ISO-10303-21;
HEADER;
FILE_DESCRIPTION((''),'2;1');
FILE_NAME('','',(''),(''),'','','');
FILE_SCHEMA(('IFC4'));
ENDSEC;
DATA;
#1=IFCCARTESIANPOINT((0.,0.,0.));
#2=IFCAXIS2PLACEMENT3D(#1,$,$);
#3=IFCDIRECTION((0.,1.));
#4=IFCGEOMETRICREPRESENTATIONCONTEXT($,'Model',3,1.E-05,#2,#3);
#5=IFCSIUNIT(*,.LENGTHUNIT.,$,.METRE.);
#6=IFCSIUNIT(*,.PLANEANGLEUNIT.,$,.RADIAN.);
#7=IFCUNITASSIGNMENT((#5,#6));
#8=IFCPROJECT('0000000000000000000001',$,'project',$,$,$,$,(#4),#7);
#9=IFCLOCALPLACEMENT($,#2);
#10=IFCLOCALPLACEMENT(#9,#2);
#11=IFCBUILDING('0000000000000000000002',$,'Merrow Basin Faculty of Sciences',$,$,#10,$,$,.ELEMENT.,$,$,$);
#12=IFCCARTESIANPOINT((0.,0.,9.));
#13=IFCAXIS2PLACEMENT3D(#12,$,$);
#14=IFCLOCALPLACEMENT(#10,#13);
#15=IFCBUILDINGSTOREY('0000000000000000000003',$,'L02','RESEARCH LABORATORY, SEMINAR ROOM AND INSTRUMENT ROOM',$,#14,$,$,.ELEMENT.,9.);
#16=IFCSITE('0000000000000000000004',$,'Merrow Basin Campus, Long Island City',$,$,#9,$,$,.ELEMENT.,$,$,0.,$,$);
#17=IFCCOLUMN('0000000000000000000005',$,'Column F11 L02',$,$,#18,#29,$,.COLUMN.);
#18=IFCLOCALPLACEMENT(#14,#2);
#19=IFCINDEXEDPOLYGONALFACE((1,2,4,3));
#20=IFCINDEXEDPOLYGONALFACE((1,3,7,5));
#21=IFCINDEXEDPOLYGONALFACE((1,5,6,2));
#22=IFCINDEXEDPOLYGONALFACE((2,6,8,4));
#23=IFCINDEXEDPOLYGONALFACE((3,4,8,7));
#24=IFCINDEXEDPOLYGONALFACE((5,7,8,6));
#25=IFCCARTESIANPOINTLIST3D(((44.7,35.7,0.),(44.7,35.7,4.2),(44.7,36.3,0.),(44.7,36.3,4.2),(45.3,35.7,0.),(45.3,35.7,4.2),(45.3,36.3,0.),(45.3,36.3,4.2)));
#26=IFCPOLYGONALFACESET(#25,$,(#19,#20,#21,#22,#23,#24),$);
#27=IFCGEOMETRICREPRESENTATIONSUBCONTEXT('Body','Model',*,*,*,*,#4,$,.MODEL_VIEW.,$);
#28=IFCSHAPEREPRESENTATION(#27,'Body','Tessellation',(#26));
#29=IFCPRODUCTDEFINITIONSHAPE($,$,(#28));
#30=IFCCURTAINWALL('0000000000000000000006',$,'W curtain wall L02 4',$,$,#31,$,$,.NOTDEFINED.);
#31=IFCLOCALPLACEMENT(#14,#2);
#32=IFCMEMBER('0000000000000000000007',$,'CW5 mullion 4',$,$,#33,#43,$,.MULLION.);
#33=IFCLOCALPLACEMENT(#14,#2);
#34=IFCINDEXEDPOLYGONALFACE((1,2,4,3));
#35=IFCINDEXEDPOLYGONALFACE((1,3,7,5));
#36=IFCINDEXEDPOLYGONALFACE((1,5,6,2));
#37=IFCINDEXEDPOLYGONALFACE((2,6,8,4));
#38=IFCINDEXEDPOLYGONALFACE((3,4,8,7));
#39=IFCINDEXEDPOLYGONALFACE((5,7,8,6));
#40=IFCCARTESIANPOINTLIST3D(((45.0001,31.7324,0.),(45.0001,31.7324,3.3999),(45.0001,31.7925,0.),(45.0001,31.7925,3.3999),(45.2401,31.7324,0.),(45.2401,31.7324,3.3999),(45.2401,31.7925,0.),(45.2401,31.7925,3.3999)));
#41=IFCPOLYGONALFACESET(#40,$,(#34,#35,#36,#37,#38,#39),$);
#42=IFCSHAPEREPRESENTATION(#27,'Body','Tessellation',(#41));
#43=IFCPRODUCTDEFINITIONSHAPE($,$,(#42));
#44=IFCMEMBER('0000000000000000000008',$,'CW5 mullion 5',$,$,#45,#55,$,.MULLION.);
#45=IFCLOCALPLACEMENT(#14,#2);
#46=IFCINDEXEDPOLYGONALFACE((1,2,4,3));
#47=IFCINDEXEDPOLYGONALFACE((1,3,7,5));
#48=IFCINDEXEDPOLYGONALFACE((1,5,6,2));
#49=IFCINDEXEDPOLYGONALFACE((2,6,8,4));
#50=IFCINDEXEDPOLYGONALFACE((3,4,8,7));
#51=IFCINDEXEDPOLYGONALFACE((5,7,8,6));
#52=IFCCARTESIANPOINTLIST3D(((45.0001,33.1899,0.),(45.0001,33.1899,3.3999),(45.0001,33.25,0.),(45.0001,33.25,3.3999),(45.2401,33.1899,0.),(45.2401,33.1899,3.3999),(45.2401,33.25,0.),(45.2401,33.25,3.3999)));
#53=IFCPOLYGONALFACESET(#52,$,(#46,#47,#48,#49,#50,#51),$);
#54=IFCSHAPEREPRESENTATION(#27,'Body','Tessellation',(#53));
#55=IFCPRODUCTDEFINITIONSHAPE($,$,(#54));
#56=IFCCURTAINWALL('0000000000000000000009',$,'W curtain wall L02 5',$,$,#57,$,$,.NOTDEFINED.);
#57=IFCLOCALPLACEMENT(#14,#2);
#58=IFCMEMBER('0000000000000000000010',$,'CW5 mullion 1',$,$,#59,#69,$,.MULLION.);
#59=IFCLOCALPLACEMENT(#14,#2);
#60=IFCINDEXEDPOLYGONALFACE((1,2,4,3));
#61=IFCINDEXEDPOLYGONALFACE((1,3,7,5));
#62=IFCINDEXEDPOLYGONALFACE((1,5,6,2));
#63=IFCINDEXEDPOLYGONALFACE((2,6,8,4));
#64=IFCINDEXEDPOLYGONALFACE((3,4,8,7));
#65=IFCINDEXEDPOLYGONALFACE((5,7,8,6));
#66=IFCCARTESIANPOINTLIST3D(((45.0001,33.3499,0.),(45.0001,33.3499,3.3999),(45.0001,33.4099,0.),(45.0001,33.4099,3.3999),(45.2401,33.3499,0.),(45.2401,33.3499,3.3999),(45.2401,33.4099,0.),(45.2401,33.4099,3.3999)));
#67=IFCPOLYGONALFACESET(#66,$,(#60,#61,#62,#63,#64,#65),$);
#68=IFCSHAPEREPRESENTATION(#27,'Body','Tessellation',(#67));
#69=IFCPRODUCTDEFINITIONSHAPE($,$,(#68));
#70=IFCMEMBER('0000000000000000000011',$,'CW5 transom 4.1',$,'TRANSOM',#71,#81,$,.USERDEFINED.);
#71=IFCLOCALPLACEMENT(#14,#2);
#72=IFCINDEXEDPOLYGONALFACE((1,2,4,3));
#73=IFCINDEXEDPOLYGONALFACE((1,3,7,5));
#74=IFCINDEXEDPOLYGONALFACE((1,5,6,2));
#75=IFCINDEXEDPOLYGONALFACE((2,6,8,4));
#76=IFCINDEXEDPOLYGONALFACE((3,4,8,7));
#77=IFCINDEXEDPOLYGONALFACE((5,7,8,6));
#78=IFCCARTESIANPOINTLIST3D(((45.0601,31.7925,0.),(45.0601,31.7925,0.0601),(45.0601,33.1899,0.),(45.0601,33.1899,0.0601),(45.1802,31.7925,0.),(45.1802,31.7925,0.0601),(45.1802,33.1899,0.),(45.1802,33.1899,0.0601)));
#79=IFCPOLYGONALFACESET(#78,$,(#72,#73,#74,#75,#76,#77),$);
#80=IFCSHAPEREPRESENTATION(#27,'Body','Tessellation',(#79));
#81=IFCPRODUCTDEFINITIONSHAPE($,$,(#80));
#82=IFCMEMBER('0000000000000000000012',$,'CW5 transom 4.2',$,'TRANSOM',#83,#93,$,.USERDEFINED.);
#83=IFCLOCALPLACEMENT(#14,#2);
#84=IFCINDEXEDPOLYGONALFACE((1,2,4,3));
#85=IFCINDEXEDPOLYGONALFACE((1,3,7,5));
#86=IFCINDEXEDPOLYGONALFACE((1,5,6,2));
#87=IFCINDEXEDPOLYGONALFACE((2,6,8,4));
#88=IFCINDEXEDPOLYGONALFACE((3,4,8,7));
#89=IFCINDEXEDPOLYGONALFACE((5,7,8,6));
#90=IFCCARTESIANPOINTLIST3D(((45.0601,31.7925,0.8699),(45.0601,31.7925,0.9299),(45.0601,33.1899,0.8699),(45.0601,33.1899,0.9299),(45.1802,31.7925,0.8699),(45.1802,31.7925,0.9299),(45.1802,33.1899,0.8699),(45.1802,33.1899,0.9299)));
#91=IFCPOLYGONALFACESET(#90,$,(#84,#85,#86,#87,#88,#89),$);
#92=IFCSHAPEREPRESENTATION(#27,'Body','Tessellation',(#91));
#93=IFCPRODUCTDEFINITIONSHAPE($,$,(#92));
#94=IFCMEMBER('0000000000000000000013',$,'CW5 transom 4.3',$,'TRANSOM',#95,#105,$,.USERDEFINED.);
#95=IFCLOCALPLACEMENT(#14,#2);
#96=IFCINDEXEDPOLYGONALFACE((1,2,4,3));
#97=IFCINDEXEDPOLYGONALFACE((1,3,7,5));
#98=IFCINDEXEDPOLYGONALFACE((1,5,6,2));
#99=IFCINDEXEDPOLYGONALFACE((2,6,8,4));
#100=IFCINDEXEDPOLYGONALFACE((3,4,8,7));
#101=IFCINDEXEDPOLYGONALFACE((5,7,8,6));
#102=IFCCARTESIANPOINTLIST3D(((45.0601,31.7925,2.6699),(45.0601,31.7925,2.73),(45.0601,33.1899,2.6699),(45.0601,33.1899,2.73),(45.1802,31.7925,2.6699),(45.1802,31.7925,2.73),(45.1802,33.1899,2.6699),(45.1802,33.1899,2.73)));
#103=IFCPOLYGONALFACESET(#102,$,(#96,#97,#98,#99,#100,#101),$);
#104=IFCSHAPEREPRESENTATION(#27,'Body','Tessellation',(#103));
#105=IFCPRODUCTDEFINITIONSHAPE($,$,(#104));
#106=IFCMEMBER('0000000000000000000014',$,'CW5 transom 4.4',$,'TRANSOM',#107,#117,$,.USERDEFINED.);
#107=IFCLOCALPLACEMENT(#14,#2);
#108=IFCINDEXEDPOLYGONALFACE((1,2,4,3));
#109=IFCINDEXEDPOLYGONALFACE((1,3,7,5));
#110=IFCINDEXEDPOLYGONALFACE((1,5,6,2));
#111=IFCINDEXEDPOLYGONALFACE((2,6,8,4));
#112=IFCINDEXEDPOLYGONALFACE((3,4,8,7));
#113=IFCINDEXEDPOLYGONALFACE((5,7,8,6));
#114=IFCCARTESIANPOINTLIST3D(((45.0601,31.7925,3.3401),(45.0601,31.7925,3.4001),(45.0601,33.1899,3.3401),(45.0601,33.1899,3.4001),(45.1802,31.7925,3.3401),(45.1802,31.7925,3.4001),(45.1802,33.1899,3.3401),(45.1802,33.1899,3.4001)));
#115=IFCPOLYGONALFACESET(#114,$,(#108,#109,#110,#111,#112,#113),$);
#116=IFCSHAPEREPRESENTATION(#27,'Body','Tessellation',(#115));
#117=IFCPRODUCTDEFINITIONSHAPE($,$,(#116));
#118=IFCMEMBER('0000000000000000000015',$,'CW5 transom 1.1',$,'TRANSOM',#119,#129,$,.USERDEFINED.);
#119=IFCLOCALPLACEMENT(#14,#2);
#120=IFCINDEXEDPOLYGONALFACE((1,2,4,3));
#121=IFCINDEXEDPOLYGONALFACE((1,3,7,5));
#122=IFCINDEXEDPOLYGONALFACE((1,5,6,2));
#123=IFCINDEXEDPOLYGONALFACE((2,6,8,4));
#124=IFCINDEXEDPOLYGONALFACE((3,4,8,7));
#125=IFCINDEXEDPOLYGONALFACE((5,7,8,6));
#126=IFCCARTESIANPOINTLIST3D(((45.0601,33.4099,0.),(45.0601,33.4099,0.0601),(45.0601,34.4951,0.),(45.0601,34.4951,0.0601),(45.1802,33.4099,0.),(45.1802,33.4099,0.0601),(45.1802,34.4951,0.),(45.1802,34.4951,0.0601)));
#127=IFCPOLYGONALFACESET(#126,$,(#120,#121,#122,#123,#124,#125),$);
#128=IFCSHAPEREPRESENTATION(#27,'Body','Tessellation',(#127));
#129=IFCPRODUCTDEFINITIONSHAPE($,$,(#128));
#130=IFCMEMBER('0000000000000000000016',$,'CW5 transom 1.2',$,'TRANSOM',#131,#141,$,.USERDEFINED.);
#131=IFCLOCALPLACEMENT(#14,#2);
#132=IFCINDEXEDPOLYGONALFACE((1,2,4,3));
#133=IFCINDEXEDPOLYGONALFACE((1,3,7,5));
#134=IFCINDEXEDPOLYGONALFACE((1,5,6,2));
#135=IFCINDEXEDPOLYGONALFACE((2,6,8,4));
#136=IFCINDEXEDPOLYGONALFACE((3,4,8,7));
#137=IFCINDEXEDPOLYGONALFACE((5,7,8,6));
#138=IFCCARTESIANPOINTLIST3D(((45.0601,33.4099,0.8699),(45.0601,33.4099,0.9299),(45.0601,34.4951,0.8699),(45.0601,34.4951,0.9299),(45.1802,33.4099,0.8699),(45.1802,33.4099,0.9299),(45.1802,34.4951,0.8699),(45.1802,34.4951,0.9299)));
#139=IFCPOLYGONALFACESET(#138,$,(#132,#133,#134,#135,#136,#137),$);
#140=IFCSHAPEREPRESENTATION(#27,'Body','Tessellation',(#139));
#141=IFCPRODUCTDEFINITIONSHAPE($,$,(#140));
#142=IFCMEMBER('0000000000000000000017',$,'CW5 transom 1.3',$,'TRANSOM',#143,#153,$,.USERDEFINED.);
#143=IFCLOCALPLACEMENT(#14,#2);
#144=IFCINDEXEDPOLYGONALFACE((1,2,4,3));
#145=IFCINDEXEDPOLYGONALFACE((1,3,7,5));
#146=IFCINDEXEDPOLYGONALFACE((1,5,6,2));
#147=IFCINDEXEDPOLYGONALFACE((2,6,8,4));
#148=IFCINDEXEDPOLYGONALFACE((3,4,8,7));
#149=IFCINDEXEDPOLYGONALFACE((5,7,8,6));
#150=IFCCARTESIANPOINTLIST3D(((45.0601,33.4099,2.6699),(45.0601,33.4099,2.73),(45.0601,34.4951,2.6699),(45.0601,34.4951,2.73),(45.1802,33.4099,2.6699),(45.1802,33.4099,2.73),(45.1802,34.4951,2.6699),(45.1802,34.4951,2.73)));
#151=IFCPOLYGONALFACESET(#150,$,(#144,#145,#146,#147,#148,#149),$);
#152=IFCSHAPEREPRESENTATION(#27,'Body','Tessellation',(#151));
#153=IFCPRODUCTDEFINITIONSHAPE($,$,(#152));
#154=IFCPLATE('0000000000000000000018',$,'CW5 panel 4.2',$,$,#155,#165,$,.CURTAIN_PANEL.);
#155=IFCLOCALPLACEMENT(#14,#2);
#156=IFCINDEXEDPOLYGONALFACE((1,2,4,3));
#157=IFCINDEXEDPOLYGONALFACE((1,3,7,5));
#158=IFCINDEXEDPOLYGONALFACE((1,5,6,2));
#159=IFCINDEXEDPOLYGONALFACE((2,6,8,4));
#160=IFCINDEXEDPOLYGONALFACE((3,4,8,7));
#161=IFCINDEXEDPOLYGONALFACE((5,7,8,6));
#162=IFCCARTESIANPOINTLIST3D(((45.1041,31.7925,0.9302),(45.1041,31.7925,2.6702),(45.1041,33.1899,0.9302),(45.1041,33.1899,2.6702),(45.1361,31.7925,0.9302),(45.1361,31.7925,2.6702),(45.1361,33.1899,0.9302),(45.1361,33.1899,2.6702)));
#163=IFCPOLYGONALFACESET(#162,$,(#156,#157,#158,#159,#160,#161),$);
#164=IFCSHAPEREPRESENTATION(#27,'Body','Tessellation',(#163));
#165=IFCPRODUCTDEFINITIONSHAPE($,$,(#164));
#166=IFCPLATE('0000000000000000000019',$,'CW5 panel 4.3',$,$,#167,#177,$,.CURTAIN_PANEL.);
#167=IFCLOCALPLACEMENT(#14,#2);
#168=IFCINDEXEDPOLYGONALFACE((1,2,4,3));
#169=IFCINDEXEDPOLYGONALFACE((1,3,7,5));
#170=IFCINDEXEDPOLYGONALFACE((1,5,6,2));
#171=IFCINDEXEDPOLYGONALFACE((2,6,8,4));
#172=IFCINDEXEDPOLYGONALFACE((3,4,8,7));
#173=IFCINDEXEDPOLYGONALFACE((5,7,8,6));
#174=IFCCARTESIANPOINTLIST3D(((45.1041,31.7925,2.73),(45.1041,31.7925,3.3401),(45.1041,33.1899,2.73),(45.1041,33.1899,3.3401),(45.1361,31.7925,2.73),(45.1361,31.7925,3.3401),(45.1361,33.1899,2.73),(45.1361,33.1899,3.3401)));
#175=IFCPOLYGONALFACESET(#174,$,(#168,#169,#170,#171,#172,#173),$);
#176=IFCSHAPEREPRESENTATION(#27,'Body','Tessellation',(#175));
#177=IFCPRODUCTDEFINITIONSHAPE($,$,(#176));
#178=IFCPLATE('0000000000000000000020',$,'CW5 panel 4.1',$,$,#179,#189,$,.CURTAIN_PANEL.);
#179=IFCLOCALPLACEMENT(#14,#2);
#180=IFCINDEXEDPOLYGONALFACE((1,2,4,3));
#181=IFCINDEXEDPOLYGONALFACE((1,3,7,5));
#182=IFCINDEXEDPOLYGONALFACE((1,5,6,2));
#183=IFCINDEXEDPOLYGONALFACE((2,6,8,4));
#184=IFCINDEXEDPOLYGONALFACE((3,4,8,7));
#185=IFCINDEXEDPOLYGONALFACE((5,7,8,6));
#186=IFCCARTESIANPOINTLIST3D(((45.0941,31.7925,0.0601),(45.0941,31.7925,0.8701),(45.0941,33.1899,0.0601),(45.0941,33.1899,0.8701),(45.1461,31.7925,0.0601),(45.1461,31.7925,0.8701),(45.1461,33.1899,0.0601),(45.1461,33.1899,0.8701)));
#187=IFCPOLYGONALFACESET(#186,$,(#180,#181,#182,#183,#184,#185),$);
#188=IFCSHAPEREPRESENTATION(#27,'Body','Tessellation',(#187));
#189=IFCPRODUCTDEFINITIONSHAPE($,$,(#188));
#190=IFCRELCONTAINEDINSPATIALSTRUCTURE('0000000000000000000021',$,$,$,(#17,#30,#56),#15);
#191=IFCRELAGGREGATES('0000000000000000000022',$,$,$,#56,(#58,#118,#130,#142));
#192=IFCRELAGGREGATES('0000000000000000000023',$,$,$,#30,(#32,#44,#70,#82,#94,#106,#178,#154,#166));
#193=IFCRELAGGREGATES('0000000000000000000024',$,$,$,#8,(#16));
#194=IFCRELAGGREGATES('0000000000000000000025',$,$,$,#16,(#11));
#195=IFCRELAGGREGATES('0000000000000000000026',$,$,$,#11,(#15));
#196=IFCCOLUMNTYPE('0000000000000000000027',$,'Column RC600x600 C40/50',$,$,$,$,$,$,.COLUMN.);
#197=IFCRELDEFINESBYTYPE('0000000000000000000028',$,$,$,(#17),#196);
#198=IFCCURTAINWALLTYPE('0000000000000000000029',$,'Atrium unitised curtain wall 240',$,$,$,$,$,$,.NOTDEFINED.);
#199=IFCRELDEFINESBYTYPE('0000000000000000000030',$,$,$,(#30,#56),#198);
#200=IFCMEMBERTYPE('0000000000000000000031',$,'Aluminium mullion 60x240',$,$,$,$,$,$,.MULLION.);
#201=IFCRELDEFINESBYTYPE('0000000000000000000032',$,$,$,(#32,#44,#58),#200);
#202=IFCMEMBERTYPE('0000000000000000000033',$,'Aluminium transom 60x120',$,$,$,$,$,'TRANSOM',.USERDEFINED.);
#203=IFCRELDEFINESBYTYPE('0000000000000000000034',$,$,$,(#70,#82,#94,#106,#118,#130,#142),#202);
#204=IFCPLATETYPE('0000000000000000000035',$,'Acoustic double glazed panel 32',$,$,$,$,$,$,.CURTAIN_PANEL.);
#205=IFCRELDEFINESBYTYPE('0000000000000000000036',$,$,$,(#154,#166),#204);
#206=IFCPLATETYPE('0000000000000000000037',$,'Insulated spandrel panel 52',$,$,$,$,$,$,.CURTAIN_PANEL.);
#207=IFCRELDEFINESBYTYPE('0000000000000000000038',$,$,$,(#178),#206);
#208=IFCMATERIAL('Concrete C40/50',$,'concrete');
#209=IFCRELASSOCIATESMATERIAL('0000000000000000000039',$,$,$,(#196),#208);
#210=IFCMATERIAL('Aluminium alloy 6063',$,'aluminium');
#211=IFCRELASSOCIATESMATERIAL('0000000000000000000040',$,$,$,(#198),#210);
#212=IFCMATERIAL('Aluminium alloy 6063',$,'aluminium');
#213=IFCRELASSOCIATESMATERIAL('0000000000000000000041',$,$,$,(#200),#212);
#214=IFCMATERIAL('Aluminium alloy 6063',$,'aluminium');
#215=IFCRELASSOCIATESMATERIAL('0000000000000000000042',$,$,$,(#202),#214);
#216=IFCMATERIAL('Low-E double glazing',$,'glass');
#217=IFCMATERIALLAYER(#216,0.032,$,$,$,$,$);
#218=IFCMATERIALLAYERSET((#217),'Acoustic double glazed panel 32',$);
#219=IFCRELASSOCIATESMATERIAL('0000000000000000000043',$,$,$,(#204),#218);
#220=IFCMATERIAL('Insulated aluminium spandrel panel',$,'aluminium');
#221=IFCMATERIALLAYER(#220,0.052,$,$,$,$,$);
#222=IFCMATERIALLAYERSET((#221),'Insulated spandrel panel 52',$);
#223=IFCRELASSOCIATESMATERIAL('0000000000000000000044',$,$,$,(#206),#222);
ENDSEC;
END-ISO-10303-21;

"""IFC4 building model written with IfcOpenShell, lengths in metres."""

from ifc_helpers import new_model, si_unit, direction, frame, origin, origin_2d, place, context, subcontext, project, spatial, rectangle, extrude, material, layer, layer_set, material_profile, profile_set, type_object, element, aggregate, save


model = new_model("IFC4")

# Units and contexts
model_context = context("Model", 3, precision=1e-05, world=origin(), true_north=direction((0.0, 1.0)))
body_context = subcontext(model_context, "Body", "Model", "MODEL_VIEW")
ifc_project = project(units=[si_unit("LENGTHUNIT", "METRE"), si_unit("PLANEANGLEUNIT", "RADIAN")], contexts=[model_context])

# Site, building, storey
site_placement = place(None, origin())
site = spatial("IfcSite", under=ifc_project, at=site_placement, Name="Merrow Basin Campus, Long Island City", CompositionType="ELEMENT", RefElevation=0.0)
building_placement = place(site_placement, origin())
building = spatial("IfcBuilding", under=site, at=building_placement, Name="Merrow Basin Faculty of Sciences", CompositionType="ELEMENT")
storey_placement = place(building_placement, frame((0.0, 0.0, 9.0)))
storey = spatial("IfcBuildingStorey", under=building, at=storey_placement, Name="L02", Description="RESEARCH LABORATORY, SEMINAR ROOM AND INSTRUMENT ROOM", CompositionType="ELEMENT", Elevation=9.0)

# Column
ifc_material_1 = material(Name="Concrete C40/50", Category="concrete")
ifc_material_profile_1 = material_profile(ifc_material_1, rectangle(XDim=0.6001, YDim=0.6001, at=origin_2d()))
ifc_profile_set_1 = profile_set([ifc_material_profile_1], Name="Concrete C40/50")
column_type = type_object("IfcColumnType", Name="Column RC600x600 C40/50", PredefinedType="COLUMN", material=ifc_profile_set_1)
column_placement = place(storey_placement, frame((45.0, 36.0, 0.0), z_axis=(0.0, 0.0, 1.0), x_axis=(1.0, 0.0, 0.0)))
element("IfcColumn", 1, at=column_placement, inside=storey, type_object=column_type, Name="Column F11 L02", PredefinedType="COLUMN", context=body_context, shape_type="SweptSolid", body=[
    extrude(rectangle(XDim=0.6001, YDim=0.6001, at=origin_2d()), origin(), (0.0, 0.0, 1.0), 4.2),
])

# Curtain wall, members
ifc_material_2 = material(Name="Aluminium alloy 6063", Category="aluminium")
curtain_wall_type = type_object("IfcCurtainWallType", Name="Atrium unitised curtain wall 240", PredefinedType="NOTDEFINED", material=ifc_material_2)
curtain_wall_1_placement = place(storey_placement, origin())
curtain_wall_1 = element("IfcCurtainWall", 2, at=curtain_wall_1_placement, inside=storey, type_object=curtain_wall_type, Name="W curtain wall L02 4", PredefinedType="NOTDEFINED")
ifc_material_3 = material(Name="Aluminium alloy 6063", Category="aluminium")
ifc_material_profile_2 = material_profile(ifc_material_3, rectangle(XDim=0.24, YDim=0.0601, at=origin_2d()))
ifc_profile_set_2 = profile_set([ifc_material_profile_2], Name="Aluminium alloy 6063")
member_type_1 = type_object("IfcMemberType", Name="Aluminium mullion 60x240", PredefinedType="MULLION", material=ifc_profile_set_2)
member_1_placement = place(storey_placement, frame((45.1201, 31.7625, 0.0), z_axis=(0.0, 0.0, 1.0), x_axis=(-1.0, 0.0, 0.0)))
member_1 = element("IfcMember", 3, at=member_1_placement, type_object=member_type_1, Name="CW5 mullion 4", PredefinedType="MULLION", context=body_context, shape_type="SweptSolid", body=[
    extrude(rectangle(XDim=0.24, YDim=0.0601, at=origin_2d()), origin(), (0.0, 0.0, 1.0), 3.3999),
])
member_2_placement = place(storey_placement, frame((45.1201, 33.22, 0.0), z_axis=(0.0, 0.0, 1.0), x_axis=(-1.0, 0.0, 0.0)))
member_2 = element("IfcMember", 4, at=member_2_placement, type_object=member_type_1, Name="CW5 mullion 5", PredefinedType="MULLION", context=body_context, shape_type="SweptSolid", body=[
    extrude(rectangle(XDim=0.24, YDim=0.0601, at=origin_2d()), origin(), (0.0, 0.0, 1.0), 3.3999),
])

# Curtain wall, member
curtain_wall_2_placement = place(storey_placement, origin())
curtain_wall_2 = element("IfcCurtainWall", 5, at=curtain_wall_2_placement, inside=storey, type_object=curtain_wall_type, Name="W curtain wall L02 5", PredefinedType="NOTDEFINED")
member_3_placement = place(storey_placement, frame((45.1201, 33.3799, 0.0), z_axis=(0.0, 0.0, 1.0), x_axis=(-1.0, 0.0, 0.0)))
member_3 = element("IfcMember", 6, at=member_3_placement, type_object=member_type_1, Name="CW5 mullion 1", PredefinedType="MULLION", context=body_context, shape_type="SweptSolid", body=[
    extrude(rectangle(XDim=0.24, YDim=0.0601, at=origin_2d()), origin(), (0.0, 0.0, 1.0), 3.3999),
])

# Members
ifc_material_4 = material(Name="Aluminium alloy 6063", Category="aluminium")
ifc_material_profile_3 = material_profile(ifc_material_4, rectangle(XDim=0.1201, YDim=0.0601, at=origin_2d()))
ifc_profile_set_3 = profile_set([ifc_material_profile_3], Name="Aluminium alloy 6063")
member_type_2 = type_object("IfcMemberType", Name="Aluminium transom 60x120", ElementType="TRANSOM", PredefinedType="USERDEFINED", material=ifc_profile_set_3)
member_4_placement = place(storey_placement, frame((45.1201, 31.7925, 0.03), z_axis=(0.0, 1.0, 0.0), x_axis=(-1.0, 0.0, 0.0)))
member_4 = element("IfcMember", 7, at=member_4_placement, type_object=member_type_2, Name="CW5 transom 4.1", ObjectType="TRANSOM", PredefinedType="USERDEFINED", context=body_context, shape_type="SweptSolid", body=[
    extrude(rectangle(XDim=0.1201, YDim=0.0601, at=origin_2d()), origin(), (0.0, 0.0, 1.0), 1.3975),
])
member_5_placement = place(storey_placement, frame((45.1201, 31.7925, 0.8999), z_axis=(0.0, 1.0, 0.0), x_axis=(-1.0, 0.0, 0.0)))
member_5 = element("IfcMember", 8, at=member_5_placement, type_object=member_type_2, Name="CW5 transom 4.2", ObjectType="TRANSOM", PredefinedType="USERDEFINED", context=body_context, shape_type="SweptSolid", body=[
    extrude(rectangle(XDim=0.1201, YDim=0.0601, at=origin_2d()), origin(), (0.0, 0.0, 1.0), 1.3975),
])
member_6_placement = place(storey_placement, frame((45.1201, 31.7925, 2.7), z_axis=(0.0, 1.0, 0.0), x_axis=(-1.0, 0.0, 0.0)))
member_6 = element("IfcMember", 9, at=member_6_placement, type_object=member_type_2, Name="CW5 transom 4.3", ObjectType="TRANSOM", PredefinedType="USERDEFINED", context=body_context, shape_type="SweptSolid", body=[
    extrude(rectangle(XDim=0.1201, YDim=0.0601, at=origin_2d()), origin(), (0.0, 0.0, 1.0), 1.3975),
])
member_7_placement = place(storey_placement, frame((45.1201, 31.7925, 3.3701), z_axis=(0.0, 1.0, 0.0), x_axis=(-1.0, 0.0, 0.0)))
member_7 = element("IfcMember", 10, at=member_7_placement, type_object=member_type_2, Name="CW5 transom 4.4", ObjectType="TRANSOM", PredefinedType="USERDEFINED", context=body_context, shape_type="SweptSolid", body=[
    extrude(rectangle(XDim=0.1201, YDim=0.0601, at=origin_2d()), origin(), (0.0, 0.0, 1.0), 1.3975),
])
member_8_placement = place(storey_placement, frame((45.1201, 33.4099, 0.03), z_axis=(0.0, 1.0, 0.0), x_axis=(-1.0, 0.0, 0.0)))
member_8 = element("IfcMember", 11, at=member_8_placement, type_object=member_type_2, Name="CW5 transom 1.1", ObjectType="TRANSOM", PredefinedType="USERDEFINED", context=body_context, shape_type="SweptSolid", body=[
    extrude(rectangle(XDim=0.1201, YDim=0.0601, at=origin_2d()), origin(), (0.0, 0.0, 1.0), 1.0852),
])
member_9_placement = place(storey_placement, frame((45.1201, 33.4099, 0.8999), z_axis=(0.0, 1.0, 0.0), x_axis=(-1.0, 0.0, 0.0)))
member_9 = element("IfcMember", 12, at=member_9_placement, type_object=member_type_2, Name="CW5 transom 1.2", ObjectType="TRANSOM", PredefinedType="USERDEFINED", context=body_context, shape_type="SweptSolid", body=[
    extrude(rectangle(XDim=0.1201, YDim=0.0601, at=origin_2d()), origin(), (0.0, 0.0, 1.0), 1.0852),
])
member_10_placement = place(storey_placement, frame((45.1201, 33.4099, 2.7), z_axis=(0.0, 1.0, 0.0), x_axis=(-1.0, 0.0, 0.0)))
member_10 = element("IfcMember", 13, at=member_10_placement, type_object=member_type_2, Name="CW5 transom 1.3", ObjectType="TRANSOM", PredefinedType="USERDEFINED", context=body_context, shape_type="SweptSolid", body=[
    extrude(rectangle(XDim=0.1201, YDim=0.0601, at=origin_2d()), origin(), (0.0, 0.0, 1.0), 1.0852),
])
aggregate(curtain_wall_2, [member_3, member_8, member_9, member_10])

# Plates
ifc_material_5 = material(Name="Low-E double glazing", Category="glass")
ifc_layer_1 = layer(ifc_material_5, 0.032)
ifc_layer_set_1 = layer_set([ifc_layer_1], Name="Acoustic double glazed panel 32")
plate_type_1 = type_object("IfcPlateType", Name="Acoustic double glazed panel 32", PredefinedType="CURTAIN_PANEL", material=ifc_layer_set_1)
plate_1_placement = place(storey_placement, frame((45.1201, 32.4912, 0.9302), z_axis=(0.0, 0.0, 1.0), x_axis=(0.0, 1.0, 0.0)))
plate_1 = element("IfcPlate", 14, at=plate_1_placement, type_object=plate_type_1, Name="CW5 panel 4.2", PredefinedType="CURTAIN_PANEL", context=body_context, shape_type="SweptSolid", body=[
    extrude(rectangle(XDim=1.3975, YDim=0.032, at=origin_2d()), origin(), (0.0, 0.0, 1.0), 1.74),
])
plate_2_placement = place(storey_placement, frame((45.1201, 32.4912, 2.73), z_axis=(0.0, 0.0, 1.0), x_axis=(0.0, 1.0, 0.0)))
plate_2 = element("IfcPlate", 15, at=plate_2_placement, type_object=plate_type_1, Name="CW5 panel 4.3", PredefinedType="CURTAIN_PANEL", context=body_context, shape_type="SweptSolid", body=[
    extrude(rectangle(XDim=1.3975, YDim=0.032, at=origin_2d()), origin(), (0.0, 0.0, 1.0), 0.6101),
])
ifc_material_6 = material(Name="Insulated aluminium spandrel panel", Category="aluminium")
ifc_layer_2 = layer(ifc_material_6, 0.052)
ifc_layer_set_2 = layer_set([ifc_layer_2], Name="Insulated spandrel panel 52")
plate_type_2 = type_object("IfcPlateType", Name="Insulated spandrel panel 52", PredefinedType="CURTAIN_PANEL", material=ifc_layer_set_2)
plate_3_placement = place(storey_placement, frame((45.1201, 32.4912, 0.0601), z_axis=(0.0, 0.0, 1.0), x_axis=(0.0, 1.0, 0.0)))
plate_3 = element("IfcPlate", 16, at=plate_3_placement, type_object=plate_type_2, Name="CW5 panel 4.1", PredefinedType="CURTAIN_PANEL", context=body_context, shape_type="SweptSolid", body=[
    extrude(rectangle(XDim=1.3975, YDim=0.052, at=origin_2d()), origin(), (0.0, 0.0, 1.0), 0.8101),
])
aggregate(curtain_wall_1, [member_1, member_2, member_4, member_5, member_6, member_7, plate_3, plate_1, plate_2])

save(model, "model.ifc")
